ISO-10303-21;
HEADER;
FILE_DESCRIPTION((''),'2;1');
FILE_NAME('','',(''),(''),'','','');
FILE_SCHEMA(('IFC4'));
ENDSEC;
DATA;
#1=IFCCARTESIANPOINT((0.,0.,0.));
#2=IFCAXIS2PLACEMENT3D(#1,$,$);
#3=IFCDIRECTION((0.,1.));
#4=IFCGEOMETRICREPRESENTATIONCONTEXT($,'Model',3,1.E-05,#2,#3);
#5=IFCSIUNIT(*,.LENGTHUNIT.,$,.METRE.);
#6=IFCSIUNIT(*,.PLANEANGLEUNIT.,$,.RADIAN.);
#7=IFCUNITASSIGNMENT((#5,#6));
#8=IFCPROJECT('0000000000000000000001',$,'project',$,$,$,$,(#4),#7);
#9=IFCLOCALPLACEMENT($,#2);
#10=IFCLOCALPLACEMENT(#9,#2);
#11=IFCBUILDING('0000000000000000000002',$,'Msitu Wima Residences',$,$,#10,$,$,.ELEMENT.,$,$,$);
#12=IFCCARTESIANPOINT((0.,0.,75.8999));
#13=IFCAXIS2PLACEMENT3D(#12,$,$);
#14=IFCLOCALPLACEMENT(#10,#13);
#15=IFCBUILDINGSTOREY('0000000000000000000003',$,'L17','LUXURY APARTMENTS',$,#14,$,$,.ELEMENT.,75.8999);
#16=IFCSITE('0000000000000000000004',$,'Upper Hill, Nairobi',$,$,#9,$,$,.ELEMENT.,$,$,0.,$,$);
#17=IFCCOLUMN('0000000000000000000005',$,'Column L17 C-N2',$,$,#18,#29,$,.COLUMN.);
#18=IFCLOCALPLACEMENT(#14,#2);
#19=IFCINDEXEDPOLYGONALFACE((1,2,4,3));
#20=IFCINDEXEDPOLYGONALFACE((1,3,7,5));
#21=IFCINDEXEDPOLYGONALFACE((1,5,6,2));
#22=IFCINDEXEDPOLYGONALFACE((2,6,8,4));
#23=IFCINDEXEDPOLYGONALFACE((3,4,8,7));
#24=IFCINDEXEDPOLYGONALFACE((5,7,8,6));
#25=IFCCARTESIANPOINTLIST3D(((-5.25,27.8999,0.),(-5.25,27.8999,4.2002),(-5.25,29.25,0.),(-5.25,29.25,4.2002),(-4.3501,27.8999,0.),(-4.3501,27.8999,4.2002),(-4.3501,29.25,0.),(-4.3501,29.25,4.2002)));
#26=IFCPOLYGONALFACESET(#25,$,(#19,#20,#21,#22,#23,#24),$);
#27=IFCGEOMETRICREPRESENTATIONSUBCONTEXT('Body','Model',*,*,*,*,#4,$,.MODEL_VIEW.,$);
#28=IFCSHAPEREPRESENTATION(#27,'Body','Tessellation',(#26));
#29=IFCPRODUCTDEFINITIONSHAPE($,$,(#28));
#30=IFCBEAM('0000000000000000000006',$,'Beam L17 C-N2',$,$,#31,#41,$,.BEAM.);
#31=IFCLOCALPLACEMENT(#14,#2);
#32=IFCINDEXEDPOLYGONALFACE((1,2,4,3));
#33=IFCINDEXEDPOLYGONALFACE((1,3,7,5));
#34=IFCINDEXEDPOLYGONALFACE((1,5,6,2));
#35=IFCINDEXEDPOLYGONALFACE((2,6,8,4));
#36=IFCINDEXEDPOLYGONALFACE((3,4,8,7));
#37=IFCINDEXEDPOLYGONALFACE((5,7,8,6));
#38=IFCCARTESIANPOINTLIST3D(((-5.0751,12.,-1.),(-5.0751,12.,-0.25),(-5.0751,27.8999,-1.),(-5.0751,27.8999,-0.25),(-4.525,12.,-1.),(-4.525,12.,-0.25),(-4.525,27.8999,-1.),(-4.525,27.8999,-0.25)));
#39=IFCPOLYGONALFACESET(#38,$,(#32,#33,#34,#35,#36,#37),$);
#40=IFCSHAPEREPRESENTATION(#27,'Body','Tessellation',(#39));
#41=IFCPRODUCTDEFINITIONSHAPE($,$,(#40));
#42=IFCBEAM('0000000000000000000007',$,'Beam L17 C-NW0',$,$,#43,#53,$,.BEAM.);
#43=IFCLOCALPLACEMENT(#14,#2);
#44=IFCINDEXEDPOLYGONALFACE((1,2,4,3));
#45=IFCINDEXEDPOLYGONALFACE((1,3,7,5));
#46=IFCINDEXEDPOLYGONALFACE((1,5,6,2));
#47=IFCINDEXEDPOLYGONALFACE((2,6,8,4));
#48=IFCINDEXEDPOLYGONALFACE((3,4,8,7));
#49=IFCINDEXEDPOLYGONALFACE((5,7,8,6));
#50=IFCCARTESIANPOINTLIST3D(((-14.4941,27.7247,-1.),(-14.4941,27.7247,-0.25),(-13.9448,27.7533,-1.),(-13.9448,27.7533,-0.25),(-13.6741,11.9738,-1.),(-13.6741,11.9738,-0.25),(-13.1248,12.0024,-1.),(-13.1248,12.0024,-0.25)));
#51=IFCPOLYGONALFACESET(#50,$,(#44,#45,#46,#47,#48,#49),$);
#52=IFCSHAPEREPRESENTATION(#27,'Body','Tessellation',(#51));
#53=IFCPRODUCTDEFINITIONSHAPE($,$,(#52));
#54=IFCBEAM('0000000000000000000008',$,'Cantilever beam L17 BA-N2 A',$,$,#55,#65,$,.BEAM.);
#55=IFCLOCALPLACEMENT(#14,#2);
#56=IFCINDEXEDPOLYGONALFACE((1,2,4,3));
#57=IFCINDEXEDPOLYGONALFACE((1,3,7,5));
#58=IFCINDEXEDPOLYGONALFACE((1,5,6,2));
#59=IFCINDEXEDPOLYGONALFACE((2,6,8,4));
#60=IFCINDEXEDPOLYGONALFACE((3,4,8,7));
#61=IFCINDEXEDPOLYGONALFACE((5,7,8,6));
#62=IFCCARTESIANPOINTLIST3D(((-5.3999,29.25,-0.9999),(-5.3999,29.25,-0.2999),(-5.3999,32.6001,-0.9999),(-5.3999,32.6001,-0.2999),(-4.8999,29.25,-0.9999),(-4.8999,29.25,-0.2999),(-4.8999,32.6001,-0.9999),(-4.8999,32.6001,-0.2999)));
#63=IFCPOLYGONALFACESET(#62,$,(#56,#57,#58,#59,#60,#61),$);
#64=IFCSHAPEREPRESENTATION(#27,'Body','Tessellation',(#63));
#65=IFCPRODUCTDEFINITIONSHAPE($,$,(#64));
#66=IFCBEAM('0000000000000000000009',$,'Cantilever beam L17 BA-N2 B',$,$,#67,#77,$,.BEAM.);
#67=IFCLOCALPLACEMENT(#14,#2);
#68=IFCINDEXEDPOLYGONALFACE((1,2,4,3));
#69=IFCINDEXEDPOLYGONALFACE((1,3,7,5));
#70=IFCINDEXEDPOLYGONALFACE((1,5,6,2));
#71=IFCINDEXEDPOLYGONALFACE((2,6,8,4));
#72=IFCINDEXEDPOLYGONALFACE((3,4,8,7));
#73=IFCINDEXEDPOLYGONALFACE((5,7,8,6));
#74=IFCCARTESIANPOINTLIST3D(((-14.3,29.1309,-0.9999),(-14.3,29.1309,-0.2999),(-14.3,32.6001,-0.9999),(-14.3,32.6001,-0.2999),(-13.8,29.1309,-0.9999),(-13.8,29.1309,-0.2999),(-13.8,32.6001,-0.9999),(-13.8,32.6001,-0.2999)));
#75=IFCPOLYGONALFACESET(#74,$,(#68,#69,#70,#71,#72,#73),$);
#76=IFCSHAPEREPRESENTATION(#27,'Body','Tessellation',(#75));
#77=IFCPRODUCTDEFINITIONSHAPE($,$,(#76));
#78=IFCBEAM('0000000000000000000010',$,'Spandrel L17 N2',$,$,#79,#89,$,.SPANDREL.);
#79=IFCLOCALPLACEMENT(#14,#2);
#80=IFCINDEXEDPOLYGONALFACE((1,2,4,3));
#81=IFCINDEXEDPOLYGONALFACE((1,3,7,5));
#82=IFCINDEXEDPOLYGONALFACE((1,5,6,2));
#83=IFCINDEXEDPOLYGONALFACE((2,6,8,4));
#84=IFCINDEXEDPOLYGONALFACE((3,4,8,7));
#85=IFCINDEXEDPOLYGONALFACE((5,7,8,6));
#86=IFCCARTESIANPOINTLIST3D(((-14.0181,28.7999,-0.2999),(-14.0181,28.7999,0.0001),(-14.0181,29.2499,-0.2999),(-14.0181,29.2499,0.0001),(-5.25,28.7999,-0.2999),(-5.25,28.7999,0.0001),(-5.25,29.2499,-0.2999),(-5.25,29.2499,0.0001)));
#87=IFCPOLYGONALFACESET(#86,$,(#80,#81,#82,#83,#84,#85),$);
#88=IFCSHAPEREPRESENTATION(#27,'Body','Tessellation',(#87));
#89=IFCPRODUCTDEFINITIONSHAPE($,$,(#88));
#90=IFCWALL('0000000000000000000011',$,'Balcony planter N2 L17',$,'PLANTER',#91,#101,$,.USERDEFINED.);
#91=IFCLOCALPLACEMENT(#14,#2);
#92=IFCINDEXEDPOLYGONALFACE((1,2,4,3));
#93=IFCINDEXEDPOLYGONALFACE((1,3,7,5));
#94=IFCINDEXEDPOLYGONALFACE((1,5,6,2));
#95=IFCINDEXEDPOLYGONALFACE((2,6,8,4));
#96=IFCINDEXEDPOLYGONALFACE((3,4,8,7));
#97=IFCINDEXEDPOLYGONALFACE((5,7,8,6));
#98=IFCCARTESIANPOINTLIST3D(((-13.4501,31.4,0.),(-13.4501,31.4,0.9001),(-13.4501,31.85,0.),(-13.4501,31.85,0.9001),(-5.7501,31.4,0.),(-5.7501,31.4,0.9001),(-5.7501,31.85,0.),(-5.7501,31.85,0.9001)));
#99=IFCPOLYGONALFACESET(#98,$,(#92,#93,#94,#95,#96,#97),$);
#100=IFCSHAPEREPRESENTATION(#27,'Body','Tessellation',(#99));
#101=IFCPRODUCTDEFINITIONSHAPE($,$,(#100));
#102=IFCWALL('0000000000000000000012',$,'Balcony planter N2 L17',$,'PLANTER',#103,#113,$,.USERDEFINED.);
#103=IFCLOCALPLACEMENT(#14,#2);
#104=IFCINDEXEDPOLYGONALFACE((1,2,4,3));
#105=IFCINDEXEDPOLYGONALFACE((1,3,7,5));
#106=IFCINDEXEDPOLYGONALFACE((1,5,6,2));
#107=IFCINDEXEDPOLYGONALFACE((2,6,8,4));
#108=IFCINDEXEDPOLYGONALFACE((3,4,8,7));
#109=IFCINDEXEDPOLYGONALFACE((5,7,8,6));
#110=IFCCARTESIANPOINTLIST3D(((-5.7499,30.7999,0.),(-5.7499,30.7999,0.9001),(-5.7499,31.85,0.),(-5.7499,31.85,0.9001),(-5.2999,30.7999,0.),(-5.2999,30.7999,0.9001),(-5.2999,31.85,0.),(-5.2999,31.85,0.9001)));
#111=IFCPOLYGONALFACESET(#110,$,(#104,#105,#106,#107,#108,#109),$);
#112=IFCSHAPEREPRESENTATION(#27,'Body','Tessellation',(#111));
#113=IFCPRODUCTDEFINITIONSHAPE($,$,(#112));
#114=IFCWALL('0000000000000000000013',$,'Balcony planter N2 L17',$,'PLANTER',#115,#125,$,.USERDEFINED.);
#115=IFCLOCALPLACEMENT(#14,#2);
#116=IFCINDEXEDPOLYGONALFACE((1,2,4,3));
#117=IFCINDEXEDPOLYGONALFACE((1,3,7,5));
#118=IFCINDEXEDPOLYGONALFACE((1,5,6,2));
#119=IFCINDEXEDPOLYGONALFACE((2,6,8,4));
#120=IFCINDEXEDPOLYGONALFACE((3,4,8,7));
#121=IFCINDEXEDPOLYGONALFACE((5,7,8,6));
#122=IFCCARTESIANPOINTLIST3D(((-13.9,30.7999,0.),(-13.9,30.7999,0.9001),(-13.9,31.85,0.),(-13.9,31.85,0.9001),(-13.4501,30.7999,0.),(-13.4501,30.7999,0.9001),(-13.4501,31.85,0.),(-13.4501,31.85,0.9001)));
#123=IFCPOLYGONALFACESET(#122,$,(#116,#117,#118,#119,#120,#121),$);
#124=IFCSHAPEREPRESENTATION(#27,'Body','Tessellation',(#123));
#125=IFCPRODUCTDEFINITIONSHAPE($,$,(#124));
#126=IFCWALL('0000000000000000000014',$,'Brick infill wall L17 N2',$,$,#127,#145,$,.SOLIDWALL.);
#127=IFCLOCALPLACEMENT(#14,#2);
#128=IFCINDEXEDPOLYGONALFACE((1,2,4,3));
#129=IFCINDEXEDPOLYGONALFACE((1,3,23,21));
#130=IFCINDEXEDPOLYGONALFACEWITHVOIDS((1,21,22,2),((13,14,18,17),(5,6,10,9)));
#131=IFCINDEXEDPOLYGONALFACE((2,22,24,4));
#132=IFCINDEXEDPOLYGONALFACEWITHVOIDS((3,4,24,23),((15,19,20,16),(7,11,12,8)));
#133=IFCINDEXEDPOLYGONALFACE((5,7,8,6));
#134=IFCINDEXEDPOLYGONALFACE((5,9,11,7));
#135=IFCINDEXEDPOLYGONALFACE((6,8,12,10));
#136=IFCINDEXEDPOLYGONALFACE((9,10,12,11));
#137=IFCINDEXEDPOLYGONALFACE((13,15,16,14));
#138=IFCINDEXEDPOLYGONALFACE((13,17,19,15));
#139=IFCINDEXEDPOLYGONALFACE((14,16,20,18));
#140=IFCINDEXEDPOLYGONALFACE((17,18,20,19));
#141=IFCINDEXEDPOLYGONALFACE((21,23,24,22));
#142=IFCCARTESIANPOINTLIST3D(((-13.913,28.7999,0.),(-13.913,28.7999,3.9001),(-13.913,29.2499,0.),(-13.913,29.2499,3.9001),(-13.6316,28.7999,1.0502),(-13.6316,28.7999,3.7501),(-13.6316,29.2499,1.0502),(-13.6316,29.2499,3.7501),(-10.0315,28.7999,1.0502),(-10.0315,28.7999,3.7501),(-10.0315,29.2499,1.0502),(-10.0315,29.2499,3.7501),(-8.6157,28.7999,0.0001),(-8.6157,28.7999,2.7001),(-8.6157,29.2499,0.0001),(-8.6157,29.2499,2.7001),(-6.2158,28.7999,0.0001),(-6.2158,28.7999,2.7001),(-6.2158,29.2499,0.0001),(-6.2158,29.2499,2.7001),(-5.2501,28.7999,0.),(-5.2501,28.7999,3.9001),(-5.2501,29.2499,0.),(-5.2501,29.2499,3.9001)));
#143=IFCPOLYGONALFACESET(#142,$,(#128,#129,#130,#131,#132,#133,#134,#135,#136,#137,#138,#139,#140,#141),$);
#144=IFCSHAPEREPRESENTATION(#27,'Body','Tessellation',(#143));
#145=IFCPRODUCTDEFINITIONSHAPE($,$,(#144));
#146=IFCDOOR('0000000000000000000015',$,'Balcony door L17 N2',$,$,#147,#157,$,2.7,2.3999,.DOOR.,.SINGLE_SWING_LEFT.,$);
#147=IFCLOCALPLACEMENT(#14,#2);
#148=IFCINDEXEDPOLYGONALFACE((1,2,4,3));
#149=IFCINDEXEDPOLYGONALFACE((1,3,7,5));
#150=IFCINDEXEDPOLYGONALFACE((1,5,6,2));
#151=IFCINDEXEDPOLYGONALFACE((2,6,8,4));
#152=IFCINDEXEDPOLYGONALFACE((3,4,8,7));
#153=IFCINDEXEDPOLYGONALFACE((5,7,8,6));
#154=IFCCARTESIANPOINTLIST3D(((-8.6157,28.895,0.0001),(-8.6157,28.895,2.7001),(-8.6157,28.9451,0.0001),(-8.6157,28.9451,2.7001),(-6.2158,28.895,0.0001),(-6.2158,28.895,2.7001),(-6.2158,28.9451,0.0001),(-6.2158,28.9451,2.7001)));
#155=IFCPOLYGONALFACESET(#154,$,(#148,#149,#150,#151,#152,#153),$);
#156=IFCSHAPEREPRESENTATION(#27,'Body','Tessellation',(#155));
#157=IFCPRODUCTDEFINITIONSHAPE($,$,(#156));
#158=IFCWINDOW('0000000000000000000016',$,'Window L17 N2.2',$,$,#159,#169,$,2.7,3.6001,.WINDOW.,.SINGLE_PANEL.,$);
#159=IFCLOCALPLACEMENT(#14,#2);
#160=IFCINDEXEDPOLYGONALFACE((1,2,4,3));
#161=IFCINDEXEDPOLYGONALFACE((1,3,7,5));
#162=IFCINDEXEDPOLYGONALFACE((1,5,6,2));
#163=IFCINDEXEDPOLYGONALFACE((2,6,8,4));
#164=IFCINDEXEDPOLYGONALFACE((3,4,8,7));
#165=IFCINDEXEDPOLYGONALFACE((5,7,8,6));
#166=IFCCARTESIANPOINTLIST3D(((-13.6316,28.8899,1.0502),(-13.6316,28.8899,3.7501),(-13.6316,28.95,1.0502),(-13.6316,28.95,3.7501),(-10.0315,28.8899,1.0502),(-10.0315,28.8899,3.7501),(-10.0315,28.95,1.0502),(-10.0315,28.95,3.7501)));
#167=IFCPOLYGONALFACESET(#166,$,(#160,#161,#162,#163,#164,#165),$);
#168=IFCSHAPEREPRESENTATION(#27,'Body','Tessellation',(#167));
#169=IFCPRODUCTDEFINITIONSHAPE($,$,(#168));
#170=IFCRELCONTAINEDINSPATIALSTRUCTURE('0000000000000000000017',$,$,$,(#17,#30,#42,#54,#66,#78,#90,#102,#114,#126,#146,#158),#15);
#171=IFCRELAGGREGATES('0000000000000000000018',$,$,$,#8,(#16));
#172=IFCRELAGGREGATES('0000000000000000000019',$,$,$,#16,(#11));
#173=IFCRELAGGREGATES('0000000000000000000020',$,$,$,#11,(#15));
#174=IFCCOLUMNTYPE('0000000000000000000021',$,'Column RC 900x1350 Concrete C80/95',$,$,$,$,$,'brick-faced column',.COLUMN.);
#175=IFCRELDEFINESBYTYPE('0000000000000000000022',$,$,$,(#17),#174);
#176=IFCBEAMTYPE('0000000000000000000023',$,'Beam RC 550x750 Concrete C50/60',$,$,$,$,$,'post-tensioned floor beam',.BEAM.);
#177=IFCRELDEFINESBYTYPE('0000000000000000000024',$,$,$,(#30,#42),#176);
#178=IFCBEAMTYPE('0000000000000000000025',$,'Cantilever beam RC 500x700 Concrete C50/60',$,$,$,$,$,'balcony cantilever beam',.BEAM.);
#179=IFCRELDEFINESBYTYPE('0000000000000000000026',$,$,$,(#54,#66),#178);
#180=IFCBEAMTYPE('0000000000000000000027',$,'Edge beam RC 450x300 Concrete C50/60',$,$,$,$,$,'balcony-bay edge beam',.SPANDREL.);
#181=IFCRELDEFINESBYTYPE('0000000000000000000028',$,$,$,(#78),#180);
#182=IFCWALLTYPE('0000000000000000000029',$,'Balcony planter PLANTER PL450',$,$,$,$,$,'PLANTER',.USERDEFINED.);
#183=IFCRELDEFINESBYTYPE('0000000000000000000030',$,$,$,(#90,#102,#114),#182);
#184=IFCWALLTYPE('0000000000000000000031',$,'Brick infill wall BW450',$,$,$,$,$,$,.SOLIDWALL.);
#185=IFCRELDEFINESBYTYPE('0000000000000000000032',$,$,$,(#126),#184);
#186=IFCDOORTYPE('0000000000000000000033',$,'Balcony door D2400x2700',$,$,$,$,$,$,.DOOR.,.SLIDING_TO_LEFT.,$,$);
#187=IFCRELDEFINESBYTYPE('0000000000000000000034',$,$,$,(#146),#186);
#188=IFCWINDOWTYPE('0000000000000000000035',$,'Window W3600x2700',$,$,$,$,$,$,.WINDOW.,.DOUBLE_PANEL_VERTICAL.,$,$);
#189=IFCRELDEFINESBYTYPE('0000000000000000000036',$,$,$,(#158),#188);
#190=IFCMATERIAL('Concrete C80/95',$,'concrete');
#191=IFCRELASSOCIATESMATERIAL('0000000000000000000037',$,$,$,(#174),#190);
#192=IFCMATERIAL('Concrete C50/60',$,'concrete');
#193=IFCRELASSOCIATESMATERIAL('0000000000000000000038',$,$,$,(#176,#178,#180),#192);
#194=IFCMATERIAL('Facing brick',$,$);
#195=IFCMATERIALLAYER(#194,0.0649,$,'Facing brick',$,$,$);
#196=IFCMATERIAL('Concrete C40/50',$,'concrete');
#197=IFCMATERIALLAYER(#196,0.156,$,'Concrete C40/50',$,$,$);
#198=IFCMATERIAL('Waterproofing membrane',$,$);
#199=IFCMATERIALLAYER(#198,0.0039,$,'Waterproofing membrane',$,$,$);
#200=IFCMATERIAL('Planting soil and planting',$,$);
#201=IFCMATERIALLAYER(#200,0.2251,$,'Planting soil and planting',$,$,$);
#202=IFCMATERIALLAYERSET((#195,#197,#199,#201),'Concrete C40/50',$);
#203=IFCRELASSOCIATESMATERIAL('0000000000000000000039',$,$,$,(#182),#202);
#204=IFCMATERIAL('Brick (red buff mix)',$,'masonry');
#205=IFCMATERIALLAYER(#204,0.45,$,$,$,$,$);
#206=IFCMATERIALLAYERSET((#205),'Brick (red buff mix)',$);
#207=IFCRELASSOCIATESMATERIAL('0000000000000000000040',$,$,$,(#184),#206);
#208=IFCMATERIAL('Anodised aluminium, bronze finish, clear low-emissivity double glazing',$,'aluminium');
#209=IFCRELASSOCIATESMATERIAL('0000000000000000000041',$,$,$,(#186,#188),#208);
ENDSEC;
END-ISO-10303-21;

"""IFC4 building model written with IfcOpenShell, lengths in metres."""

from ifc_helpers import new_model, si_unit, direction, frame, frame_2d, origin, origin_2d, place, context, subcontext, project, spatial, rectangle, extrude, material, layer, layer_set, material_profile, profile_set, type_object, element, fill, save


model = new_model("IFC4")

# Units and contexts
model_context = context("Model", 3, precision=1e-05, world=origin(), true_north=direction((0.0, 1.0)))
body_context = subcontext(model_context, "Body", "Model", "MODEL_VIEW")
ifc_project = project(units=[si_unit("LENGTHUNIT", "METRE"), si_unit("PLANEANGLEUNIT", "RADIAN")], contexts=[model_context])

# Site, building, storey
site_placement = place(None, origin())
site = spatial("IfcSite", under=ifc_project, at=site_placement, Name="Upper Hill, Nairobi", CompositionType="ELEMENT", RefElevation=0.0)
building_placement = place(site_placement, origin())
building = spatial("IfcBuilding", under=site, at=building_placement, Name="Msitu Wima Residences", CompositionType="ELEMENT")
storey_placement = place(building_placement, frame((0.0, 0.0, 75.8999)))
storey = spatial("IfcBuildingStorey", under=building, at=storey_placement, Name="L17", Description="LUXURY APARTMENTS", CompositionType="ELEMENT", Elevation=75.8999)

# Column
ifc_material_1 = material(Name="Concrete C80/95", Category="concrete")
ifc_material_profile_1 = material_profile(ifc_material_1, rectangle(XDim=0.8999, YDim=1.3501, at=origin_2d()), Name="RC 900x1350")
ifc_profile_set_1 = profile_set([ifc_material_profile_1], Name="Concrete C80/95")
column_type = type_object("IfcColumnType", Name="Column RC 900x1350 Concrete C80/95", ElementType="brick-faced column", PredefinedType="COLUMN", material=ifc_profile_set_1)
column_placement = place(storey_placement, frame((-4.8, 28.575, 0.0), z_axis=(0.0, 0.0, 1.0), x_axis=(-1.0, 0.0, 0.0)))
element("IfcColumn", 1, at=column_placement, inside=storey, type_object=column_type, Name="Column L17 C-N2", PredefinedType="COLUMN", context=body_context, shape_type="SweptSolid", body=[
    extrude(rectangle(XDim=0.8999, YDim=1.3501, at=origin_2d()), origin(), (0.0, 0.0, 1.0), 4.2002),
])

# Beams
ifc_material_2 = material(Name="Concrete C50/60", Category="concrete")
ifc_material_profile_2 = material_profile(ifc_material_2, rectangle(XDim=0.55, YDim=0.75, at=origin_2d()), Name="RC 550x750")
ifc_profile_set_2 = profile_set([ifc_material_profile_2], Name="Concrete C50/60")
beam_type_1 = type_object("IfcBeamType", Name="Beam RC 550x750 Concrete C50/60", ElementType="post-tensioned floor beam", PredefinedType="BEAM", material=ifc_profile_set_2)
beam_1_placement = place(storey_placement, frame((-4.8, 27.8999, -0.625), z_axis=(0.0, -1.0, 0.0), x_axis=(1.0, 0.0, 0.0)))
element("IfcBeam", 2, at=beam_1_placement, inside=storey, type_object=beam_type_1, Name="Beam L17 C-N2", PredefinedType="BEAM", context=body_context, shape_type="SweptSolid", body=[
    extrude(rectangle(XDim=0.55, YDim=0.75, at=origin_2d()), origin(), (0.0, 0.0, 1.0), 15.8999),
])
beam_2_placement = place(storey_placement, frame((-14.2195, 27.739, -0.625), z_axis=(0.051994, -0.998647, 0.0), x_axis=(0.998647, 0.051994, 0.0)))
element("IfcBeam", 3, at=beam_2_placement, inside=storey, type_object=beam_type_1, Name="Beam L17 C-NW0", PredefinedType="BEAM", context=body_context, shape_type="SweptSolid", body=[
    extrude(rectangle(XDim=0.55, YDim=0.75, at=origin_2d()), origin(), (0.0, 0.0, 1.0), 15.7722),
])
ifc_material_profile_3 = material_profile(ifc_material_2, rectangle(XDim=0.5, YDim=0.7, at=origin_2d()), Name="RC 500x700")
ifc_profile_set_3 = profile_set([ifc_material_profile_3], Name="Concrete C50/60")
beam_type_2 = type_object("IfcBeamType", Name="Cantilever beam RC 500x700 Concrete C50/60", ElementType="balcony cantilever beam", PredefinedType="BEAM", material=ifc_profile_set_3)
beam_3_placement = place(storey_placement, frame((-5.1499, 29.25, -0.6499), z_axis=(0.0, 1.0, 0.0), x_axis=(-1.0, 0.0, 0.0)))
element("IfcBeam", 4, at=beam_3_placement, inside=storey, type_object=beam_type_2, Name="Cantilever beam L17 BA-N2 A", PredefinedType="BEAM", context=body_context, shape_type="SweptSolid", body=[
    extrude(rectangle(XDim=0.5, YDim=0.7, at=origin_2d()), origin(), (0.0, 0.0, 1.0), 3.3501),
])
beam_4_placement = place(storey_placement, frame((-14.05, 29.1309, -0.6499), z_axis=(0.0, 1.0, 0.0), x_axis=(-1.0, 0.0, 0.0)))
element("IfcBeam", 5, at=beam_4_placement, inside=storey, type_object=beam_type_2, Name="Cantilever beam L17 BA-N2 B", PredefinedType="BEAM", context=body_context, shape_type="SweptSolid", body=[
    extrude(rectangle(XDim=0.5, YDim=0.7, at=origin_2d()), origin(), (0.0, 0.0, 1.0), 3.4692),
])
ifc_material_profile_4 = material_profile(ifc_material_2, rectangle(XDim=0.45, YDim=0.3, at=origin_2d()), Name="RC 450x300")
ifc_profile_set_4 = profile_set([ifc_material_profile_4], Name="Concrete C50/60")
beam_type_3 = type_object("IfcBeamType", Name="Edge beam RC 450x300 Concrete C50/60", ElementType="balcony-bay edge beam", PredefinedType="SPANDREL", material=ifc_profile_set_4)
beam_5_placement = place(storey_placement, frame((-5.25, 29.0249, -0.1499), z_axis=(-1.0, 0.0, 0.0), x_axis=(0.0, -1.0, 0.0)))
element("IfcBeam", 6, at=beam_5_placement, inside=storey, type_object=beam_type_3, Name="Spandrel L17 N2", PredefinedType="SPANDREL", context=body_context, shape_type="SweptSolid", body=[
    extrude(rectangle(XDim=0.45, YDim=0.3, at=origin_2d()), origin(), (0.0, 0.0, 1.0), 8.7681),
])

# Walls
ifc_material_3 = material(Name="Facing brick")
ifc_layer_1 = layer(ifc_material_3, 0.0649, Name="Facing brick")
ifc_material_4 = material(Name="Concrete C40/50", Category="concrete")
ifc_layer_2 = layer(ifc_material_4, 0.156, Name="Concrete C40/50")
ifc_material_5 = material(Name="Waterproofing membrane")
ifc_layer_3 = layer(ifc_material_5, 0.0039, Name="Waterproofing membrane")
ifc_material_6 = material(Name="Planting soil and planting")
ifc_layer_4 = layer(ifc_material_6, 0.2251, Name="Planting soil and planting")
ifc_layer_set_1 = layer_set([ifc_layer_1, ifc_layer_2, ifc_layer_3, ifc_layer_4], Name="Concrete C40/50")
wall_type_1 = type_object("IfcWallType", Name="Balcony planter PLANTER PL450", ElementType="PLANTER", PredefinedType="USERDEFINED", material=ifc_layer_set_1)
wall_1_placement = place(storey_placement, frame((-5.75, 31.625, 0.0), z_axis=(0.0, 0.0, 1.0), x_axis=(-1.0, 0.0, 0.0)))
element("IfcWall", 7, at=wall_1_placement, inside=storey, type_object=wall_type_1, Name="Balcony planter N2 L17", ObjectType="PLANTER", PredefinedType="USERDEFINED", context=body_context, shape_type="SweptSolid", body=[
    extrude(rectangle(XDim=7.7, YDim=0.45, at=frame_2d((3.8501, 0.0))), origin(), (0.0, 0.0, 1.0), 0.9001),
])
for number, where, z_axis, x_axis, name in (
    (8, (-5.5249, 30.8, 0.0), (0.0, 0.0, 1.0), (0.0, 1.0, 0.0), "Balcony planter N2 L17"),
    (9, (-13.675, 30.8, 0.0), (0.0, 0.0, 1.0), (0.0, 1.0, 0.0), "Balcony planter N2 L17"),
):
    element("IfcWall", number, at=place(storey_placement, frame(where, z_axis=z_axis, x_axis=x_axis)), inside=storey, type_object=wall_type_1, Name=name, ObjectType="PLANTER", PredefinedType="USERDEFINED", context=body_context, shape_type="SweptSolid", body=[
        extrude(rectangle(XDim=1.05, YDim=0.45, at=frame_2d((0.5249, 0.0))), origin(), (0.0, 0.0, 1.0), 0.9001),
    ])

# Wall, openings, door, window
ifc_material_7 = material(Name="Brick (red buff mix)", Category="masonry")
ifc_layer_5 = layer(ifc_material_7, 0.45)
ifc_layer_set_2 = layer_set([ifc_layer_5], Name="Brick (red buff mix)")
wall_type_2 = type_object("IfcWallType", Name="Brick infill wall BW450", PredefinedType="SOLIDWALL", material=ifc_layer_set_2)
wall_2_placement = place(storey_placement, frame((-5.25, 29.0249, 0.0), z_axis=(0.0, 0.0, 1.0), x_axis=(-1.0, 0.0, 0.0)))
wall_2 = element("IfcWall", 10, at=wall_2_placement, inside=storey, type_object=wall_type_2, Name="Brick infill wall L17 N2", PredefinedType="SOLIDWALL", context=body_context, shape_type="SweptSolid", body=[
    extrude(rectangle(XDim=8.6628, YDim=0.45, at=frame_2d((4.3315, 0.0))), origin(), (0.0, 0.0, 1.0), 3.9001),
])
opening_1_placement = place(wall_2_placement, frame((0.9658, 0.0, 0.0)))
opening_1 = element("IfcOpeningElement", 11, at=opening_1_placement, cuts=wall_2, PredefinedType="OPENING", context=body_context, shape_type="SweptSolid", body=[
    extrude(rectangle(XDim=2.3999, YDim=2.7, at=frame_2d((1.2, 1.3501))), frame((0.0, 0.2349, 0.0), z_axis=(0.0, -1.0, 0.0), x_axis=(1.0, 0.0, 0.0)), (0.0, 0.0, 1.0), 0.47),
])
opening_2_placement = place(wall_2_placement, frame((4.7815, 0.0, 1.05)))
opening_2 = element("IfcOpeningElement", 12, at=opening_2_placement, cuts=wall_2, PredefinedType="OPENING", context=body_context, shape_type="SweptSolid", body=[
    extrude(rectangle(XDim=3.6001, YDim=2.7, at=frame_2d((1.8, 1.3501))), frame((0.0, 0.2349, 0.0), z_axis=(0.0, -1.0, 0.0), x_axis=(1.0, 0.0, 0.0)), (0.0, 0.0, 1.0), 0.47),
])
ifc_material_8 = material(Name="Anodised aluminium, bronze finish, clear low-emissivity double glazing", Category="aluminium")
door_type_1 = type_object("IfcDoorType", Name="Balcony door D2400x2700", OperationType="SLIDING_TO_LEFT", PredefinedType="DOOR", material=ifc_material_8)
door_1_placement = place(opening_1_placement, origin())
door_1 = element("IfcDoor", 13, at=door_1_placement, inside=storey, type_object=door_type_1, Name="Balcony door L17 N2", OperationType="SINGLE_SWING_LEFT", OverallHeight=2.7, OverallWidth=2.3999, PredefinedType="DOOR", context=body_context, shape_type="SweptSolid", body=[
    extrude(rectangle(XDim=2.3999, YDim=2.7, at=frame_2d((1.2, 1.3501))), frame((0.0, 0.1299, 0.0), z_axis=(0.0, -1.0, 0.0), x_axis=(1.0, 0.0, 0.0)), (0.0, 0.0, 1.0), 0.05),
])
fill(opening_1, door_1)
window_type = type_object("IfcWindowType", Name="Window W3600x2700", PartitioningType="DOUBLE_PANEL_VERTICAL", PredefinedType="WINDOW", material=ifc_material_8)
window_placement = place(opening_2_placement, origin())
window = element("IfcWindow", 14, at=window_placement, inside=storey, type_object=window_type, Name="Window L17 N2.2", OverallHeight=2.7, OverallWidth=3.6001, PartitioningType="SINGLE_PANEL", PredefinedType="WINDOW", context=body_context, shape_type="SweptSolid", body=[
    extrude(rectangle(XDim=3.6001, YDim=2.7, at=frame_2d((1.8, 1.3501))), frame((0.0, 0.135, 0.0), z_axis=(0.0, -1.0, 0.0), x_axis=(1.0, 0.0, 0.0)), (0.0, 0.0, 1.0), 0.0601),
])
fill(opening_2, window)

save(model, "model.ifc")
